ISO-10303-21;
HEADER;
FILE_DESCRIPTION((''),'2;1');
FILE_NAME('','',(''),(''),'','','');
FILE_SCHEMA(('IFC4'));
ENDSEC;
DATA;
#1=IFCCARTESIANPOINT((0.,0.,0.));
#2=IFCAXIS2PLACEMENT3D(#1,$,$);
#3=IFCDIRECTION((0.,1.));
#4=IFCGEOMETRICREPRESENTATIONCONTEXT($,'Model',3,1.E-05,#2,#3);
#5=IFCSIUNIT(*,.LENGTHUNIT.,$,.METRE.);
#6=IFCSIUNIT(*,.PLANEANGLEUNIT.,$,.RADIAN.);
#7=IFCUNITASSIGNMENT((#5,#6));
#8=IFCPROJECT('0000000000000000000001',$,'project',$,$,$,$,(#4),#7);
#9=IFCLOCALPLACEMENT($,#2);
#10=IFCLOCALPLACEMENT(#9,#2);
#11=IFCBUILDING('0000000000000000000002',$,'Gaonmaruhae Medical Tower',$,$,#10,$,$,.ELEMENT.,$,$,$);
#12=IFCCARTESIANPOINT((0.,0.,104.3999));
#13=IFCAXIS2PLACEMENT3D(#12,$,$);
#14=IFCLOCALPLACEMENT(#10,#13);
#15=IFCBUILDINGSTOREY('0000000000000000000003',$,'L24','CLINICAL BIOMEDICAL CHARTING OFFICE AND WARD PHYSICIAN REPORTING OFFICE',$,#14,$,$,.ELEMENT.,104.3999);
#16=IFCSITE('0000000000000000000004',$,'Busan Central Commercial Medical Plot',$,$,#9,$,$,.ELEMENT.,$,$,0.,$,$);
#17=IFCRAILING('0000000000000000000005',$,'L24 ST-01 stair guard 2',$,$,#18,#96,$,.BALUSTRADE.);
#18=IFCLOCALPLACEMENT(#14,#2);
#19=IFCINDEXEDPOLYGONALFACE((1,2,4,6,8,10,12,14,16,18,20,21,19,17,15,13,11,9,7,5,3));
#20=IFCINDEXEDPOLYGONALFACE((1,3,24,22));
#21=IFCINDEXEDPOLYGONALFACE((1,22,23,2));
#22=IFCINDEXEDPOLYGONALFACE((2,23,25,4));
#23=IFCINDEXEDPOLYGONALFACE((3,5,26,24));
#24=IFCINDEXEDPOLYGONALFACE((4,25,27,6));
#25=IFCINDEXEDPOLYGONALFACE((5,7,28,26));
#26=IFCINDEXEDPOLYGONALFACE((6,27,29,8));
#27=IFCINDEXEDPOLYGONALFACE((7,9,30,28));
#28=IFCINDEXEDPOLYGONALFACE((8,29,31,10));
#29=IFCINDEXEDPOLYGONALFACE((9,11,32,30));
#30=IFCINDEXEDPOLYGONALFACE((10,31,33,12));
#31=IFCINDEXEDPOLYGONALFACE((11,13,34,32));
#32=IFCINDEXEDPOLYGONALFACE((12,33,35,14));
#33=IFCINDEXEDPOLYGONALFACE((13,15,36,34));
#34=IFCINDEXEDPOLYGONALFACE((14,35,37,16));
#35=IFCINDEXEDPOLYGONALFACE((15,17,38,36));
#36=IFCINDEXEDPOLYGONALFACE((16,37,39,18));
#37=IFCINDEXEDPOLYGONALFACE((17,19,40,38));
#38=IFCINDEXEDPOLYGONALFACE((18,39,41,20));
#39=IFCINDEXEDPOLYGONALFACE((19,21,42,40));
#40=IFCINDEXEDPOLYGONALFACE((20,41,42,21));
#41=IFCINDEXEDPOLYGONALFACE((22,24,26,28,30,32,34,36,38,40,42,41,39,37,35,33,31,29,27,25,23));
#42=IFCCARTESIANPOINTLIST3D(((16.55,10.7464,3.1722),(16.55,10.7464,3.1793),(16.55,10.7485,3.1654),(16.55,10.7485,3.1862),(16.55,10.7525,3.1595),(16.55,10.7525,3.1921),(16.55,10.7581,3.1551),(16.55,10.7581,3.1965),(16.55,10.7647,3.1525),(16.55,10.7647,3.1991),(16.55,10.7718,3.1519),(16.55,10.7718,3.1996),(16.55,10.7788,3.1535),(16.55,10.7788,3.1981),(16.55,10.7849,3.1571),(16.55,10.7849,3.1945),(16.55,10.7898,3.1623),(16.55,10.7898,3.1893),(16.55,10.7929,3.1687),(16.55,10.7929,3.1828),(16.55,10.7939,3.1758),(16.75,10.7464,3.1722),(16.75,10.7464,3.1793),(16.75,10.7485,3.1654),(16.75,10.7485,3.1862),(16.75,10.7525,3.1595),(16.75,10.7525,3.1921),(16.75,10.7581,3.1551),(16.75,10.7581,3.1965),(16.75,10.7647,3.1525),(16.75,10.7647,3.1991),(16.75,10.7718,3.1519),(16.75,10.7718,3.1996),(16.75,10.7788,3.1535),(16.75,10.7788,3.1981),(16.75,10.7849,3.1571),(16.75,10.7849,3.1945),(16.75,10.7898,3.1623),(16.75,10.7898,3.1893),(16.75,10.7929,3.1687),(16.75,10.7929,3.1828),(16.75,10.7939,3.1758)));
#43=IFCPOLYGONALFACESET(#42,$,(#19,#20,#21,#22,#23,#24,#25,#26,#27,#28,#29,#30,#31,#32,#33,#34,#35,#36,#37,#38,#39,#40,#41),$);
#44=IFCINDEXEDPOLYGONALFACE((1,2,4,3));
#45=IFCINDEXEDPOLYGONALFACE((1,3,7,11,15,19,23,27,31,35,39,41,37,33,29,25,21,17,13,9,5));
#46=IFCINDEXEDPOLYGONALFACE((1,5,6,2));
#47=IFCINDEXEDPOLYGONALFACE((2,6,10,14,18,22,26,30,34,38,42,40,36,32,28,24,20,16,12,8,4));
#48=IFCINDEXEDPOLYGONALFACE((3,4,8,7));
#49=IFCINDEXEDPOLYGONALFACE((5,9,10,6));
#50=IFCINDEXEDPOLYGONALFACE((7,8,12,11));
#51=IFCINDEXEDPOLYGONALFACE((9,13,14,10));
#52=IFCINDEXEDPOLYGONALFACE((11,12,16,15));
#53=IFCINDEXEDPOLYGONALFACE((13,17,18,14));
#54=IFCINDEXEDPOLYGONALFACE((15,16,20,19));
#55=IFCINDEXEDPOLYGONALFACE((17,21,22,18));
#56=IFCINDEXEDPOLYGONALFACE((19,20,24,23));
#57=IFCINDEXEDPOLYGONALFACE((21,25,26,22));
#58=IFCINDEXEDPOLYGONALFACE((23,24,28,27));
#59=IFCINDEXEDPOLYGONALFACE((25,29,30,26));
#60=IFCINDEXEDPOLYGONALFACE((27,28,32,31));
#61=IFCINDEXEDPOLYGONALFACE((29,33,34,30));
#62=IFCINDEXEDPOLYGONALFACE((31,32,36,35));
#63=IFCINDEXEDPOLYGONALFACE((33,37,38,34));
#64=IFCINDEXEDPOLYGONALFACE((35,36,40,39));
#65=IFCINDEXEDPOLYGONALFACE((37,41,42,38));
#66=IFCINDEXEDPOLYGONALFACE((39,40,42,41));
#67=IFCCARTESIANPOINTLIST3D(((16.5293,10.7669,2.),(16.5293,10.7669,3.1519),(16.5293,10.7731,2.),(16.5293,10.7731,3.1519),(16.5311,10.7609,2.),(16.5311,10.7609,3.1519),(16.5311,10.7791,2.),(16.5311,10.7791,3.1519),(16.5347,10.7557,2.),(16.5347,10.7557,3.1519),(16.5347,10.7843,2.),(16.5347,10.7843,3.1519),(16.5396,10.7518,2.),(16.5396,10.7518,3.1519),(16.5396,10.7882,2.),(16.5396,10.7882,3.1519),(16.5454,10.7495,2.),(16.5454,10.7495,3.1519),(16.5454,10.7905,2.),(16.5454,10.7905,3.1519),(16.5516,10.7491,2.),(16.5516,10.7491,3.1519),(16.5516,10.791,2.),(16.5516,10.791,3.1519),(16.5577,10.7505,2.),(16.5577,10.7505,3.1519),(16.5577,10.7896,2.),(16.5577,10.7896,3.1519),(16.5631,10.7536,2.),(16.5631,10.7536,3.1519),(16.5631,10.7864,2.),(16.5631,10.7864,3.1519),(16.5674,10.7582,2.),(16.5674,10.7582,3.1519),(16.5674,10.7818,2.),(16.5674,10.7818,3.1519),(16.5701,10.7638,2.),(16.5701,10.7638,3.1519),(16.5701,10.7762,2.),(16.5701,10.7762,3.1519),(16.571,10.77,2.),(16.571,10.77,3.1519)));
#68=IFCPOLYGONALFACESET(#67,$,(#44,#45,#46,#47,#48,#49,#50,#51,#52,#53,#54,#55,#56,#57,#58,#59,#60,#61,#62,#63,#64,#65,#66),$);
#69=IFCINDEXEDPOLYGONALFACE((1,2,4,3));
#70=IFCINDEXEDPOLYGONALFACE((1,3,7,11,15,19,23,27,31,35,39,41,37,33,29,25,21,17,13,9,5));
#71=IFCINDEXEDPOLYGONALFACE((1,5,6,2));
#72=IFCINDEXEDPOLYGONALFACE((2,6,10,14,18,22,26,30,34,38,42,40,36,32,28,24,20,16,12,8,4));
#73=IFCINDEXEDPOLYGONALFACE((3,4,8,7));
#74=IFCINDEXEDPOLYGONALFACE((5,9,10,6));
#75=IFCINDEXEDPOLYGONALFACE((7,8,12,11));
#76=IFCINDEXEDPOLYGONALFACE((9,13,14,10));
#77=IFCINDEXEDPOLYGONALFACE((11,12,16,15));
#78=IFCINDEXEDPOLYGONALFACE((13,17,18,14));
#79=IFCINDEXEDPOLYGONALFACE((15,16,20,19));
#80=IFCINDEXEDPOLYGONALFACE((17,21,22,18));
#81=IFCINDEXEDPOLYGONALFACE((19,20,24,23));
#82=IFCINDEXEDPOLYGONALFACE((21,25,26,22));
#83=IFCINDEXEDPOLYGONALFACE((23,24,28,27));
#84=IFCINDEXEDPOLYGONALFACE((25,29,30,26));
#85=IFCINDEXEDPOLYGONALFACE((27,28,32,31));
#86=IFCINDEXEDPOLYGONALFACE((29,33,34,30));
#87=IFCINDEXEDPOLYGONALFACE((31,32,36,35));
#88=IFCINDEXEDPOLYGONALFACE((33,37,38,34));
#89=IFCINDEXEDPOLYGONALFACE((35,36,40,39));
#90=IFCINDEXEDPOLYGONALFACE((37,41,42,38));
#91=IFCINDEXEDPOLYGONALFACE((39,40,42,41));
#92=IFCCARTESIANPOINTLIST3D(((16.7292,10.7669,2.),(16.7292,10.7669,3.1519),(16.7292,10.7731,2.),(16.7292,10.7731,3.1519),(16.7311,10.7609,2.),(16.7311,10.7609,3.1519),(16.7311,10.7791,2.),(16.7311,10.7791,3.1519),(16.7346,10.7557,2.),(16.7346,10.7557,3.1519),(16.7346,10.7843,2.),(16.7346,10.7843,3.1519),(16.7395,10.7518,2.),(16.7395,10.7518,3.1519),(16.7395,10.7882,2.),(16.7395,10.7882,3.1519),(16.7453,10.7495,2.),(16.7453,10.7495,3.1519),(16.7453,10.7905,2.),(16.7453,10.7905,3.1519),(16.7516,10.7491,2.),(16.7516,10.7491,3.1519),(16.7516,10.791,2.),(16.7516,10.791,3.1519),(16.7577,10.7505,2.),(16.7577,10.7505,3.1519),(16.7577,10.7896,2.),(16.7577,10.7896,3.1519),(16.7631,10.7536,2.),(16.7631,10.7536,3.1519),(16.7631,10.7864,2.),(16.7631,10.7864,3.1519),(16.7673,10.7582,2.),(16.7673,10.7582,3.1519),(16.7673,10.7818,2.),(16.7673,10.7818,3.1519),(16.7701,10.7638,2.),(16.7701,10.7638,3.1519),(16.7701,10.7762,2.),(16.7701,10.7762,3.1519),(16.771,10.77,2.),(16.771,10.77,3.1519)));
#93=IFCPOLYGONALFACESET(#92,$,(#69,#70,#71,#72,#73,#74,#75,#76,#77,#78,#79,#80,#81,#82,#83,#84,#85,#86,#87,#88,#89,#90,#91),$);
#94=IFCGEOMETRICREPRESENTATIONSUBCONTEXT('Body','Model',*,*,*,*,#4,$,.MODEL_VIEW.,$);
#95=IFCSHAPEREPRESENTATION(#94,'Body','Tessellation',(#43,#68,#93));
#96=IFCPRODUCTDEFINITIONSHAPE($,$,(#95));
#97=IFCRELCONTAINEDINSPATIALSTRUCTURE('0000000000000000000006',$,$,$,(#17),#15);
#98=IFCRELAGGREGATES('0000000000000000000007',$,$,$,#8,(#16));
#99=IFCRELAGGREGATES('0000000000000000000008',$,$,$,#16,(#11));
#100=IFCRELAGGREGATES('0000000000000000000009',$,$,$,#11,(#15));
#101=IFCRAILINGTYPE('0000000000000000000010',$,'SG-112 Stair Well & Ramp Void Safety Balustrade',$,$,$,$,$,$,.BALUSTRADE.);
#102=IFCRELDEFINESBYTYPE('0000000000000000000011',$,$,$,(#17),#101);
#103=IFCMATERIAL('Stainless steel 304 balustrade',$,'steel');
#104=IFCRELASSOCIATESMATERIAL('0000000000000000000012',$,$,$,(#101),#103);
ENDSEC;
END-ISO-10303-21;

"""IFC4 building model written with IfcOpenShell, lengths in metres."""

from ifc_helpers import new_model, si_unit, direction, frame, origin, origin_2d, place, context, subcontext, project, spatial, circle, extrude, material, type_object, element, save


model = new_model("IFC4")

# Units and contexts
model_context = context("Model", 3, precision=1e-05, world=origin(), true_north=direction((0.0, 1.0)))
body_context = subcontext(model_context, "Body", "Model", "MODEL_VIEW")
ifc_project = project(units=[si_unit("LENGTHUNIT", "METRE"), si_unit("PLANEANGLEUNIT", "RADIAN")], contexts=[model_context])

# Site, building, storey
site_placement = place(None, origin())
site = spatial("IfcSite", under=ifc_project, at=site_placement, Name="Busan Central Commercial Medical Plot", CompositionType="ELEMENT", RefElevation=0.0)
building_placement = place(site_placement, origin())
building = spatial("IfcBuilding", under=site, at=building_placement, Name="Gaonmaruhae Medical Tower", CompositionType="ELEMENT")
storey_placement = place(building_placement, frame((0.0, 0.0, 104.3999)))
storey = spatial("IfcBuildingStorey", under=building, at=storey_placement, Name="L24", Description="CLINICAL BIOMEDICAL CHARTING OFFICE AND WARD PHYSICIAN REPORTING OFFICE", CompositionType="ELEMENT", Elevation=104.3999)

# Railing
ifc_material_1 = material(Name="Stainless steel 304 balustrade", Category="steel")
railing_type_1 = type_object("IfcRailingType", Name="SG-112 Stair Well & Ramp Void Safety Balustrade", PredefinedType="BALUSTRADE", material=ifc_material_1)
railing_1_placement = place(storey_placement, frame((16.55, 10.77, 2.0)))
element("IfcRailing", 1, at=railing_1_placement, inside=storey, type_object=railing_type_1, Name="L24 ST-01 stair guard 2", PredefinedType="BALUSTRADE", context=body_context, shape_type="SweptSolid", body=[
    extrude(circle(Radius=0.0239, at=origin_2d()), frame((0.0, 0.0, 1.1758), z_axis=(1.0, 0.0, 0.0), x_axis=(0.0, 1.0, 0.0)), (0.0, 0.0, 1.0), 0.2),
    extrude(circle(Radius=0.021, at=origin_2d()), origin(), (0.0, 0.0, 1.0), 1.1519),
    extrude(circle(Radius=0.021, at=origin_2d()), frame((0.2, 0.0, 0.0)), (0.0, 0.0, 1.0), 1.1519),
])

save(model, "model.ifc")
